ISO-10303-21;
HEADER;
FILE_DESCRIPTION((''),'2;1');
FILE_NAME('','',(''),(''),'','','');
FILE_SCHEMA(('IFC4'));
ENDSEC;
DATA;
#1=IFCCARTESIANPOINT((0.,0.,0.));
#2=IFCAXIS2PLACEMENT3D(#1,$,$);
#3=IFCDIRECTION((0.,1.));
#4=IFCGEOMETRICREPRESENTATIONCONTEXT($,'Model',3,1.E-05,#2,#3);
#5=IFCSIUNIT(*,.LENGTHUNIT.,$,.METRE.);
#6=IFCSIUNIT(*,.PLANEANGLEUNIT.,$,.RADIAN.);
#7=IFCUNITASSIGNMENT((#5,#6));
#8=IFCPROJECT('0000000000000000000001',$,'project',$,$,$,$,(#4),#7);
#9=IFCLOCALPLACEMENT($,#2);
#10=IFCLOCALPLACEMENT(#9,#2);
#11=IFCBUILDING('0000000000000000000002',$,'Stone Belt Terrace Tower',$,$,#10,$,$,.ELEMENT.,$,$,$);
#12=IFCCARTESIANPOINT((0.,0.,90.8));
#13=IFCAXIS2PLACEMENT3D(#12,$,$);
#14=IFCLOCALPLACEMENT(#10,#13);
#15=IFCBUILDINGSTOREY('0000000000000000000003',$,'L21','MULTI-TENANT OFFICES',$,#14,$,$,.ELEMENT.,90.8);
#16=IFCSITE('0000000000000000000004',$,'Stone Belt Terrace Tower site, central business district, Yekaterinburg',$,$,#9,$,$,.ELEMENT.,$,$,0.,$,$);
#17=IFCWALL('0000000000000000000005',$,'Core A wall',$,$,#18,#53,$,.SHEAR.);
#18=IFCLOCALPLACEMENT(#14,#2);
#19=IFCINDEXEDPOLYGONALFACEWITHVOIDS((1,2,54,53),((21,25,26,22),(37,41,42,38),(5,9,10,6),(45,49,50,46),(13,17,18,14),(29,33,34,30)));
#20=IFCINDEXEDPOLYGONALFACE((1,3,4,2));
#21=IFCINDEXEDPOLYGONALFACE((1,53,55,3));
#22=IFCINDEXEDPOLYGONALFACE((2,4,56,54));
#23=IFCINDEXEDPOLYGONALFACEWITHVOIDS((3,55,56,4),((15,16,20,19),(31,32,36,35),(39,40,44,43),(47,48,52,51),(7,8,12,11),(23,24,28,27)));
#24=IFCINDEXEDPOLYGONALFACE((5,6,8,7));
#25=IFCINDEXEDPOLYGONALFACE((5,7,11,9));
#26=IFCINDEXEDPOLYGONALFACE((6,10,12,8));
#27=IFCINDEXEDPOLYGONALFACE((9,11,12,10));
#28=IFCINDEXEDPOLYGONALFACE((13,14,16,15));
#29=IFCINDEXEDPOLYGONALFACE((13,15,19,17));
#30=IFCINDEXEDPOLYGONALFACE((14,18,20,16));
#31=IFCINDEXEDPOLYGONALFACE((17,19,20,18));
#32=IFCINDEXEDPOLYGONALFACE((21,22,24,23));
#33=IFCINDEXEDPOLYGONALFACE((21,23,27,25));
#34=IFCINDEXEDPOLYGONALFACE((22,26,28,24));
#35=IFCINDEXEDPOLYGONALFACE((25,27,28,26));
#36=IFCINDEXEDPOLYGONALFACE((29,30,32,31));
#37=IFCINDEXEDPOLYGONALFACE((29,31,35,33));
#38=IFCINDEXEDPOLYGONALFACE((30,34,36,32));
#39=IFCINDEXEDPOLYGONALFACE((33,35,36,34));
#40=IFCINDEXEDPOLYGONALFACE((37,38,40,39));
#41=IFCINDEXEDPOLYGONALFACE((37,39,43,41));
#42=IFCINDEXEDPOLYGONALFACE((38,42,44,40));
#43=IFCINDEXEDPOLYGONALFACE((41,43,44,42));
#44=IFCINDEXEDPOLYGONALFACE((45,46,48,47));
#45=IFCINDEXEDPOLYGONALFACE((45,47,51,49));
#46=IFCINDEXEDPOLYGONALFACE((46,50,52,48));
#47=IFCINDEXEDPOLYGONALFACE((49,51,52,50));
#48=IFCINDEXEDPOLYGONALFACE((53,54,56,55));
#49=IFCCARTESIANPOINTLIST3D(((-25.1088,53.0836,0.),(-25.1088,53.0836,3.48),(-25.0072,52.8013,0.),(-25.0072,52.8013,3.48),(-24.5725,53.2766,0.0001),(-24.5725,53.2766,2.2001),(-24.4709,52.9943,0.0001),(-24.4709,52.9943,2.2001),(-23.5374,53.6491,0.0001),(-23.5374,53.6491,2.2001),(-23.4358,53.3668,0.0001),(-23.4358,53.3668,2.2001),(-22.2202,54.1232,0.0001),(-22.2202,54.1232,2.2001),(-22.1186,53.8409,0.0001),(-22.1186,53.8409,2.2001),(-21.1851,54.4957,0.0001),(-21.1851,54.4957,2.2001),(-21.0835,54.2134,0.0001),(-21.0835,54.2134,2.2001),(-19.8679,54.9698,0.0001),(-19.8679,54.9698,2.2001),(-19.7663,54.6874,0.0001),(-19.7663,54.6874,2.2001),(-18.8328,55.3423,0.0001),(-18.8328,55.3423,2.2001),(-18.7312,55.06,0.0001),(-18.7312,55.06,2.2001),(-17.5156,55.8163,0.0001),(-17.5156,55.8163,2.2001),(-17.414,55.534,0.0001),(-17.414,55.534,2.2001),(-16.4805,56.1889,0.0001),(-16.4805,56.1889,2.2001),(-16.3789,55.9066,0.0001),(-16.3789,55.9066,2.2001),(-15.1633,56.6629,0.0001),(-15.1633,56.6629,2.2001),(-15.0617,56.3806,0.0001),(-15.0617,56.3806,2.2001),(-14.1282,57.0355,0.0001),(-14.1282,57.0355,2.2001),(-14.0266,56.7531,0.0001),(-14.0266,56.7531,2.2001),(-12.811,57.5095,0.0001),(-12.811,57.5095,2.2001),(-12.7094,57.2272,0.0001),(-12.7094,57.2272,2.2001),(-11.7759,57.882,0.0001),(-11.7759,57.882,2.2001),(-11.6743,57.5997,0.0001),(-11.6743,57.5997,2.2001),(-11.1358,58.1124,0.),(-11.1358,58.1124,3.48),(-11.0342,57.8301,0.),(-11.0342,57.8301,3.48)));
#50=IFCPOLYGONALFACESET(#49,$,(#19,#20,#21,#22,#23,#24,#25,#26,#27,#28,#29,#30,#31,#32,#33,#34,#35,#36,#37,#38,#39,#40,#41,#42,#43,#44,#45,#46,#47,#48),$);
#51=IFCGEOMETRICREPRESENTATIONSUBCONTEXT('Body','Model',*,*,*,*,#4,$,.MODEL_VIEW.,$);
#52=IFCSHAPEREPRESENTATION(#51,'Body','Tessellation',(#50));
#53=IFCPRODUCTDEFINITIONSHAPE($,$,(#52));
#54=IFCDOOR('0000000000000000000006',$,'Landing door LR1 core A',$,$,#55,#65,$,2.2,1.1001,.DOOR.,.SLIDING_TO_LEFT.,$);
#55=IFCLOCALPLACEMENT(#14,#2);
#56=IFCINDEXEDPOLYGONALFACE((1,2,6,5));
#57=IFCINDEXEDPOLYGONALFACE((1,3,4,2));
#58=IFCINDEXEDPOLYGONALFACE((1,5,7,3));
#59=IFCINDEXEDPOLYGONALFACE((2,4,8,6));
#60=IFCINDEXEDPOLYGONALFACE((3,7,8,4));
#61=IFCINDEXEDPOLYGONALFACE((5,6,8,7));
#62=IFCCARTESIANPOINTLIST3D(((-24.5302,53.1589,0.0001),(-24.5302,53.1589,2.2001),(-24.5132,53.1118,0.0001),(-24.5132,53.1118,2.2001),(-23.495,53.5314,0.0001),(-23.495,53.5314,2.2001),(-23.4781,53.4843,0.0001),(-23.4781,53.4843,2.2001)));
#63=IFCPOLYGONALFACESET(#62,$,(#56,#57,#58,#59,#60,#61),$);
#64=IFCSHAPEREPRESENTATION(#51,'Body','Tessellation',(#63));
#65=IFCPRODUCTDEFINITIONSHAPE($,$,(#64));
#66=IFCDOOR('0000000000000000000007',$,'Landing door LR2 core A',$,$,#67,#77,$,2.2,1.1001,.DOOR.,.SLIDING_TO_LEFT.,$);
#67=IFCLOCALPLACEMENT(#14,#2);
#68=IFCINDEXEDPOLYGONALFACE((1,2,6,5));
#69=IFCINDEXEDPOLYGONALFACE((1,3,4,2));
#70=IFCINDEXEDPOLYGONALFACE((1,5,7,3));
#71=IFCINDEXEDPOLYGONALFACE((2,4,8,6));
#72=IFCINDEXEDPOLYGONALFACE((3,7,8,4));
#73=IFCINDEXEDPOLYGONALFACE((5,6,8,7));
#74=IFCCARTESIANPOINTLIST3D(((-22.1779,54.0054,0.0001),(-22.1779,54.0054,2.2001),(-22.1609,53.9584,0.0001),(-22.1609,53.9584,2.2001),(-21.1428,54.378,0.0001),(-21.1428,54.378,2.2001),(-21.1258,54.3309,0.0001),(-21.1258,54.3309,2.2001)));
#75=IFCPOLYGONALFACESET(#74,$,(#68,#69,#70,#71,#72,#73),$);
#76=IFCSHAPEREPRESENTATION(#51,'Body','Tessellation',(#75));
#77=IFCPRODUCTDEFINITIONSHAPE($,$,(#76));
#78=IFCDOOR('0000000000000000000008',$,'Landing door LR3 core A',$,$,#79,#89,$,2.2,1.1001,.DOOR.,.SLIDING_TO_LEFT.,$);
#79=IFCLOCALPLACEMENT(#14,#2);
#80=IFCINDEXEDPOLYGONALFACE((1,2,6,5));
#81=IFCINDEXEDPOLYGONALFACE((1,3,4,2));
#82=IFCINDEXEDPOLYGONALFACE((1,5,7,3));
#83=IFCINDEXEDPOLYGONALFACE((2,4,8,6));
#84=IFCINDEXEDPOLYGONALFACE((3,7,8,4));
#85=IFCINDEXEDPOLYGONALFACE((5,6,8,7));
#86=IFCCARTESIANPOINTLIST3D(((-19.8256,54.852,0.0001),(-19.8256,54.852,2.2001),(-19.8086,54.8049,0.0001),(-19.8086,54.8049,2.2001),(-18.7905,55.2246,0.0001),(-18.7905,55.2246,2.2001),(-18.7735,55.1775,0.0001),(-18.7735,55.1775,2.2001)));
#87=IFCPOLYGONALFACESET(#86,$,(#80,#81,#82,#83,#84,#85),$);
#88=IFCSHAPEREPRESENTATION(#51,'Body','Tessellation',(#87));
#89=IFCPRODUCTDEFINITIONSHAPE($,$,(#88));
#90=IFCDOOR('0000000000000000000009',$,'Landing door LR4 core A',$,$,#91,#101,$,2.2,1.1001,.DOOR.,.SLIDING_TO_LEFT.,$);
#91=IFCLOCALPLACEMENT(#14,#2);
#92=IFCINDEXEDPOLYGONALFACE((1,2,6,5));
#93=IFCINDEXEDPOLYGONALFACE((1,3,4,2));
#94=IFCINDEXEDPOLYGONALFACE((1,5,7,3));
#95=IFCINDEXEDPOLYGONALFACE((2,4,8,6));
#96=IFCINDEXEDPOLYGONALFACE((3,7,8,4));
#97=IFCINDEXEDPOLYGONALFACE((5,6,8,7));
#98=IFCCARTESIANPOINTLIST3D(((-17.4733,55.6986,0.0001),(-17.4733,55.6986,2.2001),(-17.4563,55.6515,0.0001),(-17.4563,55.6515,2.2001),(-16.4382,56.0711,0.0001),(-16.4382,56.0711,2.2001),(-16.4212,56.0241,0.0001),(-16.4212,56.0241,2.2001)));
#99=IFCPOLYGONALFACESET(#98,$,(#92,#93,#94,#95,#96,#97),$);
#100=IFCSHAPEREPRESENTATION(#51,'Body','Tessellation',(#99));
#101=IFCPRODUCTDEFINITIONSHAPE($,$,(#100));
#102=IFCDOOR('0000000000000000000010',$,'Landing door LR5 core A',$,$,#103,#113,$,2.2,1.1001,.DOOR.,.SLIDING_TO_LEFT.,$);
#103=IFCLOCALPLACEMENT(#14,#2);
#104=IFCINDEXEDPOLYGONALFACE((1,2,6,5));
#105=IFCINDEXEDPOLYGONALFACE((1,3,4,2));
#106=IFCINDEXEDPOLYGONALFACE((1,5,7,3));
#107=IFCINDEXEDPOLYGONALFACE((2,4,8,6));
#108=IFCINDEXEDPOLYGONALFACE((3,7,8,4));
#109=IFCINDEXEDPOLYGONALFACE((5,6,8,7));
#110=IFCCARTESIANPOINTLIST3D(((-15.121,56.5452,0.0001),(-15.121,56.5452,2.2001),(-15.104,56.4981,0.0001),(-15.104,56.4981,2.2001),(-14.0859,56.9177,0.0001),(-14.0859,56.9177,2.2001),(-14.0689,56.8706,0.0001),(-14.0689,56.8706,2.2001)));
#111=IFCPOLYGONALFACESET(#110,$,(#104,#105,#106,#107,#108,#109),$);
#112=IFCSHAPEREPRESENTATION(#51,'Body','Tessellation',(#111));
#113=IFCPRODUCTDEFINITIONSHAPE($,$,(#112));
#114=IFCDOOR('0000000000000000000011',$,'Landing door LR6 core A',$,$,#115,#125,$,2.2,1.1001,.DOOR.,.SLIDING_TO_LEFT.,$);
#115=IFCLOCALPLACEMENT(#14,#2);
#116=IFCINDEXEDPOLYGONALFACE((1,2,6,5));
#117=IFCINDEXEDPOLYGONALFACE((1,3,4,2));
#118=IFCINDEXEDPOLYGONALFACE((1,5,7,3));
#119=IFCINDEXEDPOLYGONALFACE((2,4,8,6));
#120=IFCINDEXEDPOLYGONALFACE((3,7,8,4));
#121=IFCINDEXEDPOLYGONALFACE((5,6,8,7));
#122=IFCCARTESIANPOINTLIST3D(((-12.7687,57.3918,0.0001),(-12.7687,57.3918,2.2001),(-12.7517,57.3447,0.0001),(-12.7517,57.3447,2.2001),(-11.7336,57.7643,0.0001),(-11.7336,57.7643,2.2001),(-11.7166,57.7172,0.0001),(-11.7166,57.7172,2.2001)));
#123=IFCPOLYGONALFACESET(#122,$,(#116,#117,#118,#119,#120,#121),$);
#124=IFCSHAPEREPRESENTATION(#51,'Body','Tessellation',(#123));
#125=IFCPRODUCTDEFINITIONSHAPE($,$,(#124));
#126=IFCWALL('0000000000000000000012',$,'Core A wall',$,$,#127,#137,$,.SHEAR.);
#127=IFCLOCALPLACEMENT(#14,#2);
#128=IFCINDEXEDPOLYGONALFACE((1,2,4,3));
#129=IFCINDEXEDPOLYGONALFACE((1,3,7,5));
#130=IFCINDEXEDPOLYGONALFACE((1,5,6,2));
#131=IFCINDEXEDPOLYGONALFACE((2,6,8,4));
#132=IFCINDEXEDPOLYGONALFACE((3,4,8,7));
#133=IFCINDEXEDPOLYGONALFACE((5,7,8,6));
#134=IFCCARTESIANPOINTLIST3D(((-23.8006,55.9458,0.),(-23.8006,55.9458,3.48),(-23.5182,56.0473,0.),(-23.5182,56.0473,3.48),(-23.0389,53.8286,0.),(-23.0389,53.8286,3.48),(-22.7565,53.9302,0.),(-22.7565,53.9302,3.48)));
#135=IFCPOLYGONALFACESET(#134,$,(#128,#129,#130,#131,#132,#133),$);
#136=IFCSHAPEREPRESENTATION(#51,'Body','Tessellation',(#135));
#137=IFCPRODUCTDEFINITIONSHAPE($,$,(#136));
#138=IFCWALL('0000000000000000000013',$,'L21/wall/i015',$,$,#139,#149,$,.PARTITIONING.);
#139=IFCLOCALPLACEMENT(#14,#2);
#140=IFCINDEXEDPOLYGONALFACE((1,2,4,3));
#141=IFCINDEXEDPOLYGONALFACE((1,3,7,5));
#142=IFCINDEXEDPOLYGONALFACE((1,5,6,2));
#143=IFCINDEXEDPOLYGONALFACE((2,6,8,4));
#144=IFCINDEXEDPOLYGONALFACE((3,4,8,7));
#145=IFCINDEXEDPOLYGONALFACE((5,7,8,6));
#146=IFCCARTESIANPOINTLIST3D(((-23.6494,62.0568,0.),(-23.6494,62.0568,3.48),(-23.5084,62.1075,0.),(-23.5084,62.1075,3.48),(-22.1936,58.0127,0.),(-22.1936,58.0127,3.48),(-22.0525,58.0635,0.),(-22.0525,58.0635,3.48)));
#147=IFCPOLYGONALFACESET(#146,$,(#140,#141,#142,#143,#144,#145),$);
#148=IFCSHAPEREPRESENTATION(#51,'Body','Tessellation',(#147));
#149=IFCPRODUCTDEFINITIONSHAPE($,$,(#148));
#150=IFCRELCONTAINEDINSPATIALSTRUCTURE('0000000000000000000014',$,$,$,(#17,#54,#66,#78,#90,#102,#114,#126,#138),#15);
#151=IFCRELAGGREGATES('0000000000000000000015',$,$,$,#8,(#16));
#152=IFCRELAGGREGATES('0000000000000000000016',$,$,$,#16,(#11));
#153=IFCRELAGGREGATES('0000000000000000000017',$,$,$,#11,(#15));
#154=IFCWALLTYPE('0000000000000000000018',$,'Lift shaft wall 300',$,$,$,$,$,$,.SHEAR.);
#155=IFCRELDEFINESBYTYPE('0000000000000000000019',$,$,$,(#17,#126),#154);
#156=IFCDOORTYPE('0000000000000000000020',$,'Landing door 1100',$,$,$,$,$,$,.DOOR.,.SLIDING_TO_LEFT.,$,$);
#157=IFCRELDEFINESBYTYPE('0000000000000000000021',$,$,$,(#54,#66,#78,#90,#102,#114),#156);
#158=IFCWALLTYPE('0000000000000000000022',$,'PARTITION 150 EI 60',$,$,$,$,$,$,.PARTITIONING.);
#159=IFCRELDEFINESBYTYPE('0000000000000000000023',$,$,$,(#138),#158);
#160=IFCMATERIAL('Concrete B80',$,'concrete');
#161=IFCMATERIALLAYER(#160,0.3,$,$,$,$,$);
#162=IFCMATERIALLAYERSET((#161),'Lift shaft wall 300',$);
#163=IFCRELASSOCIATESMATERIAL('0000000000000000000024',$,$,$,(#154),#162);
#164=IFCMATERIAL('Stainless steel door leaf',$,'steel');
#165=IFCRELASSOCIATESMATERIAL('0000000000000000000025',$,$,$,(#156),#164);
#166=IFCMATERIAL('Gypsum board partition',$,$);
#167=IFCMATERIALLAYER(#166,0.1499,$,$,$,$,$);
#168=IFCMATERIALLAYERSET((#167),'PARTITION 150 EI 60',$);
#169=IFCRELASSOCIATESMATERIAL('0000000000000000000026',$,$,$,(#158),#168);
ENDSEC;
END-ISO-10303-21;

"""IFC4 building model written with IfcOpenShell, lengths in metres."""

from ifc_helpers import new_model, si_unit, direction, frame, frame_2d, origin, place, context, subcontext, project, spatial, rectangle, extrude, material, layer, layer_set, type_object, element, fill, save


model = new_model("IFC4")

# Units and contexts
model_context = context("Model", 3, precision=1e-05, world=origin(), true_north=direction((0.0, 1.0)))
body_context = subcontext(model_context, "Body", "Model", "MODEL_VIEW")
ifc_project = project(units=[si_unit("LENGTHUNIT", "METRE"), si_unit("PLANEANGLEUNIT", "RADIAN")], contexts=[model_context])

# Site, building, storey
site_placement = place(None, origin())
site = spatial("IfcSite", under=ifc_project, at=site_placement, Name="Stone Belt Terrace Tower site, central business district, Yekaterinburg", CompositionType="ELEMENT", RefElevation=0.0)
building_placement = place(site_placement, origin())
building = spatial("IfcBuilding", under=site, at=building_placement, Name="Stone Belt Terrace Tower", CompositionType="ELEMENT")
storey_placement = place(building_placement, frame((0.0, 0.0, 90.8)))
storey = spatial("IfcBuildingStorey", under=building, at=storey_placement, Name="L21", Description="MULTI-TENANT OFFICES", CompositionType="ELEMENT", Elevation=90.8)

# Shared definitions
ifc_material_1 = material(Name="Concrete B80", Category="concrete")

# Shared definitions
ifc_layer_1 = layer(ifc_material_1, 0.3)
ifc_layer_set_1 = layer_set([ifc_layer_1], Name="Lift shaft wall 300")
wall_type_1 = type_object("IfcWallType", Name="Lift shaft wall 300", PredefinedType="SHEAR", material=ifc_layer_set_1)

# Wall, openings, doors
wall_1_placement = place(storey_placement, frame((-25.0581, 52.9424, 0.0), z_axis=(0.0, 0.0, 1.0), x_axis=(0.940918, 0.338634, 0.0)))
wall_1 = element("IfcWall", 1, at=wall_1_placement, inside=storey, type_object=wall_type_1, Name="Core A wall", PredefinedType="SHEAR", context=body_context, shape_type="SweptSolid", body=[
    extrude(rectangle(XDim=14.8503, YDim=0.3, at=frame_2d((7.4253, 0.0))), origin(), (0.0, 0.0, 1.0), 3.48),
])
opening_1_placement = place(wall_1_placement, frame((0.5701, 0.0, 0.0)))
opening_1 = element("IfcOpeningElement", 2, at=opening_1_placement, cuts=wall_1, PredefinedType="OPENING", context=body_context, shape_type="SweptSolid", body=[
    extrude(rectangle(XDim=1.1001, YDim=2.2, at=frame_2d((0.55, 1.1001))), frame((0.0, 0.1599, 0.0), z_axis=(0.0, -1.0, 0.0), x_axis=(1.0, 0.0, 0.0)), (0.0, 0.0, 1.0), 0.3201),
])
opening_2_placement = place(wall_1_placement, frame((3.0701, 0.0, 0.0)))
opening_2 = element("IfcOpeningElement", 3, at=opening_2_placement, cuts=wall_1, PredefinedType="OPENING", context=body_context, shape_type="SweptSolid", body=[
    extrude(rectangle(XDim=1.1001, YDim=2.2, at=frame_2d((0.55, 1.1001))), frame((0.0, 0.1599, 0.0), z_axis=(0.0, -1.0, 0.0), x_axis=(1.0, 0.0, 0.0)), (0.0, 0.0, 1.0), 0.3201),
])
opening_3_placement = place(wall_1_placement, frame((5.5701, 0.0, 0.0)))
opening_3 = element("IfcOpeningElement", 4, at=opening_3_placement, cuts=wall_1, PredefinedType="OPENING", context=body_context, shape_type="SweptSolid", body=[
    extrude(rectangle(XDim=1.1001, YDim=2.2, at=frame_2d((0.55, 1.1001))), frame((0.0, 0.1599, 0.0), z_axis=(0.0, -1.0, 0.0), x_axis=(1.0, 0.0, 0.0)), (0.0, 0.0, 1.0), 0.3201),
])
opening_4_placement = place(wall_1_placement, frame((8.0701, 0.0, 0.0)))
opening_4 = element("IfcOpeningElement", 5, at=opening_4_placement, cuts=wall_1, PredefinedType="OPENING", context=body_context, shape_type="SweptSolid", body=[
    extrude(rectangle(XDim=1.1001, YDim=2.2, at=frame_2d((0.55, 1.1001))), frame((0.0, 0.1599, 0.0), z_axis=(0.0, -1.0, 0.0), x_axis=(1.0, 0.0, 0.0)), (0.0, 0.0, 1.0), 0.3201),
])
opening_5_placement = place(wall_1_placement, frame((10.5701, 0.0, 0.0)))
opening_5 = element("IfcOpeningElement", 6, at=opening_5_placement, cuts=wall_1, PredefinedType="OPENING", context=body_context, shape_type="SweptSolid", body=[
    extrude(rectangle(XDim=1.1001, YDim=2.2, at=frame_2d((0.55, 1.1001))), frame((0.0, 0.1599, 0.0), z_axis=(0.0, -1.0, 0.0), x_axis=(1.0, 0.0, 0.0)), (0.0, 0.0, 1.0), 0.3201),
])
opening_6_placement = place(wall_1_placement, frame((13.0701, 0.0, 0.0)))
opening_6 = element("IfcOpeningElement", 7, at=opening_6_placement, cuts=wall_1, PredefinedType="OPENING", context=body_context, shape_type="SweptSolid", body=[
    extrude(rectangle(XDim=1.1001, YDim=2.2, at=frame_2d((0.55, 1.1001))), frame((0.0, 0.1599, 0.0), z_axis=(0.0, -1.0, 0.0), x_axis=(1.0, 0.0, 0.0)), (0.0, 0.0, 1.0), 0.3201),
])
ifc_material_2 = material(Name="Stainless steel door leaf", Category="steel")
door_type = type_object("IfcDoorType", Name="Landing door 1100", OperationType="SLIDING_TO_LEFT", PredefinedType="DOOR", material=ifc_material_2)
door_1_placement = place(opening_1_placement, origin())
door_1 = element("IfcDoor", 8, at=door_1_placement, inside=storey, type_object=door_type, Name="Landing door LR1 core A", OperationType="SLIDING_TO_LEFT", OverallHeight=2.2, OverallWidth=1.1001, PredefinedType="DOOR", context=body_context, shape_type="SweptSolid", body=[
    extrude(rectangle(XDim=1.1001, YDim=2.2, at=frame_2d((0.55, 1.1001))), frame((0.0, 0.0249, 0.0), z_axis=(0.0, -1.0, 0.0), x_axis=(1.0, 0.0, 0.0)), (0.0, 0.0, 1.0), 0.05),
])
fill(opening_1, door_1)
door_2_placement = place(opening_2_placement, origin())
door_2 = element("IfcDoor", 9, at=door_2_placement, inside=storey, type_object=door_type, Name="Landing door LR2 core A", OperationType="SLIDING_TO_LEFT", OverallHeight=2.2, OverallWidth=1.1001, PredefinedType="DOOR", context=body_context, shape_type="SweptSolid", body=[
    extrude(rectangle(XDim=1.1001, YDim=2.2, at=frame_2d((0.55, 1.1001))), frame((0.0, 0.0249, 0.0), z_axis=(0.0, -1.0, 0.0), x_axis=(1.0, 0.0, 0.0)), (0.0, 0.0, 1.0), 0.05),
])
fill(opening_2, door_2)
door_3_placement = place(opening_3_placement, origin())
door_3 = element("IfcDoor", 10, at=door_3_placement, inside=storey, type_object=door_type, Name="Landing door LR3 core A", OperationType="SLIDING_TO_LEFT", OverallHeight=2.2, OverallWidth=1.1001, PredefinedType="DOOR", context=body_context, shape_type="SweptSolid", body=[
    extrude(rectangle(XDim=1.1001, YDim=2.2, at=frame_2d((0.55, 1.1001))), frame((0.0, 0.0249, 0.0), z_axis=(0.0, -1.0, 0.0), x_axis=(1.0, 0.0, 0.0)), (0.0, 0.0, 1.0), 0.05),
])
fill(opening_3, door_3)
door_4_placement = place(opening_4_placement, origin())
door_4 = element("IfcDoor", 11, at=door_4_placement, inside=storey, type_object=door_type, Name="Landing door LR4 core A", OperationType="SLIDING_TO_LEFT", OverallHeight=2.2, OverallWidth=1.1001, PredefinedType="DOOR", context=body_context, shape_type="SweptSolid", body=[
    extrude(rectangle(XDim=1.1001, YDim=2.2, at=frame_2d((0.55, 1.1001))), frame((0.0, 0.0249, 0.0), z_axis=(0.0, -1.0, 0.0), x_axis=(1.0, 0.0, 0.0)), (0.0, 0.0, 1.0), 0.05),
])
fill(opening_4, door_4)
door_5_placement = place(opening_5_placement, origin())
door_5 = element("IfcDoor", 12, at=door_5_placement, inside=storey, type_object=door_type, Name="Landing door LR5 core A", OperationType="SLIDING_TO_LEFT", OverallHeight=2.2, OverallWidth=1.1001, PredefinedType="DOOR", context=body_context, shape_type="SweptSolid", body=[
    extrude(rectangle(XDim=1.1001, YDim=2.2, at=frame_2d((0.55, 1.1001))), frame((0.0, 0.0249, 0.0), z_axis=(0.0, -1.0, 0.0), x_axis=(1.0, 0.0, 0.0)), (0.0, 0.0, 1.0), 0.05),
])
fill(opening_5, door_5)
door_6_placement = place(opening_6_placement, origin())
door_6 = element("IfcDoor", 13, at=door_6_placement, inside=storey, type_object=door_type, Name="Landing door LR6 core A", OperationType="SLIDING_TO_LEFT", OverallHeight=2.2, OverallWidth=1.1001, PredefinedType="DOOR", context=body_context, shape_type="SweptSolid", body=[
    extrude(rectangle(XDim=1.1001, YDim=2.2, at=frame_2d((0.55, 1.1001))), frame((0.0, 0.0249, 0.0), z_axis=(0.0, -1.0, 0.0), x_axis=(1.0, 0.0, 0.0)), (0.0, 0.0, 1.0), 0.05),
])
fill(opening_6, door_6)

# Walls
wall_2_placement = place(storey_placement, frame((-22.8977, 53.8794, 0.0), z_axis=(0.0, 0.0, 1.0), x_axis=(-0.338535, 0.940954, 0.0)))
element("IfcWall", 14, at=wall_2_placement, inside=storey, type_object=wall_type_1, Name="Core A wall", PredefinedType="SHEAR", context=body_context, shape_type="SweptSolid", body=[
    extrude(rectangle(XDim=2.25, YDim=0.3, at=frame_2d((1.125, 0.0))), origin(), (0.0, 0.0, 1.0), 3.48),
])
ifc_material_3 = material(Name="Gypsum board partition")
ifc_layer_2 = layer(ifc_material_3, 0.1499)
ifc_layer_set_2 = layer_set([ifc_layer_2], Name="PARTITION 150 EI 60")
wall_type_2 = type_object("IfcWallType", Name="PARTITION 150 EI 60", PredefinedType="PARTITIONING", material=ifc_layer_set_2)
wall_3_placement = place(storey_placement, frame((-23.5789, 62.082, 0.0), z_axis=(0.0, 0.0, 1.0), x_axis=(0.338717, -0.940888, 0.0)))
element("IfcWall", 15, at=wall_3_placement, inside=storey, type_object=wall_type_2, Name="L21/wall/i015", PredefinedType="PARTITIONING", context=body_context, shape_type="SweptSolid", body=[
    extrude(rectangle(XDim=4.2981, YDim=0.1499, at=frame_2d((2.1489, 0.0))), origin(), (0.0, 0.0, 1.0), 3.48),
])

save(model, "model.ifc")
